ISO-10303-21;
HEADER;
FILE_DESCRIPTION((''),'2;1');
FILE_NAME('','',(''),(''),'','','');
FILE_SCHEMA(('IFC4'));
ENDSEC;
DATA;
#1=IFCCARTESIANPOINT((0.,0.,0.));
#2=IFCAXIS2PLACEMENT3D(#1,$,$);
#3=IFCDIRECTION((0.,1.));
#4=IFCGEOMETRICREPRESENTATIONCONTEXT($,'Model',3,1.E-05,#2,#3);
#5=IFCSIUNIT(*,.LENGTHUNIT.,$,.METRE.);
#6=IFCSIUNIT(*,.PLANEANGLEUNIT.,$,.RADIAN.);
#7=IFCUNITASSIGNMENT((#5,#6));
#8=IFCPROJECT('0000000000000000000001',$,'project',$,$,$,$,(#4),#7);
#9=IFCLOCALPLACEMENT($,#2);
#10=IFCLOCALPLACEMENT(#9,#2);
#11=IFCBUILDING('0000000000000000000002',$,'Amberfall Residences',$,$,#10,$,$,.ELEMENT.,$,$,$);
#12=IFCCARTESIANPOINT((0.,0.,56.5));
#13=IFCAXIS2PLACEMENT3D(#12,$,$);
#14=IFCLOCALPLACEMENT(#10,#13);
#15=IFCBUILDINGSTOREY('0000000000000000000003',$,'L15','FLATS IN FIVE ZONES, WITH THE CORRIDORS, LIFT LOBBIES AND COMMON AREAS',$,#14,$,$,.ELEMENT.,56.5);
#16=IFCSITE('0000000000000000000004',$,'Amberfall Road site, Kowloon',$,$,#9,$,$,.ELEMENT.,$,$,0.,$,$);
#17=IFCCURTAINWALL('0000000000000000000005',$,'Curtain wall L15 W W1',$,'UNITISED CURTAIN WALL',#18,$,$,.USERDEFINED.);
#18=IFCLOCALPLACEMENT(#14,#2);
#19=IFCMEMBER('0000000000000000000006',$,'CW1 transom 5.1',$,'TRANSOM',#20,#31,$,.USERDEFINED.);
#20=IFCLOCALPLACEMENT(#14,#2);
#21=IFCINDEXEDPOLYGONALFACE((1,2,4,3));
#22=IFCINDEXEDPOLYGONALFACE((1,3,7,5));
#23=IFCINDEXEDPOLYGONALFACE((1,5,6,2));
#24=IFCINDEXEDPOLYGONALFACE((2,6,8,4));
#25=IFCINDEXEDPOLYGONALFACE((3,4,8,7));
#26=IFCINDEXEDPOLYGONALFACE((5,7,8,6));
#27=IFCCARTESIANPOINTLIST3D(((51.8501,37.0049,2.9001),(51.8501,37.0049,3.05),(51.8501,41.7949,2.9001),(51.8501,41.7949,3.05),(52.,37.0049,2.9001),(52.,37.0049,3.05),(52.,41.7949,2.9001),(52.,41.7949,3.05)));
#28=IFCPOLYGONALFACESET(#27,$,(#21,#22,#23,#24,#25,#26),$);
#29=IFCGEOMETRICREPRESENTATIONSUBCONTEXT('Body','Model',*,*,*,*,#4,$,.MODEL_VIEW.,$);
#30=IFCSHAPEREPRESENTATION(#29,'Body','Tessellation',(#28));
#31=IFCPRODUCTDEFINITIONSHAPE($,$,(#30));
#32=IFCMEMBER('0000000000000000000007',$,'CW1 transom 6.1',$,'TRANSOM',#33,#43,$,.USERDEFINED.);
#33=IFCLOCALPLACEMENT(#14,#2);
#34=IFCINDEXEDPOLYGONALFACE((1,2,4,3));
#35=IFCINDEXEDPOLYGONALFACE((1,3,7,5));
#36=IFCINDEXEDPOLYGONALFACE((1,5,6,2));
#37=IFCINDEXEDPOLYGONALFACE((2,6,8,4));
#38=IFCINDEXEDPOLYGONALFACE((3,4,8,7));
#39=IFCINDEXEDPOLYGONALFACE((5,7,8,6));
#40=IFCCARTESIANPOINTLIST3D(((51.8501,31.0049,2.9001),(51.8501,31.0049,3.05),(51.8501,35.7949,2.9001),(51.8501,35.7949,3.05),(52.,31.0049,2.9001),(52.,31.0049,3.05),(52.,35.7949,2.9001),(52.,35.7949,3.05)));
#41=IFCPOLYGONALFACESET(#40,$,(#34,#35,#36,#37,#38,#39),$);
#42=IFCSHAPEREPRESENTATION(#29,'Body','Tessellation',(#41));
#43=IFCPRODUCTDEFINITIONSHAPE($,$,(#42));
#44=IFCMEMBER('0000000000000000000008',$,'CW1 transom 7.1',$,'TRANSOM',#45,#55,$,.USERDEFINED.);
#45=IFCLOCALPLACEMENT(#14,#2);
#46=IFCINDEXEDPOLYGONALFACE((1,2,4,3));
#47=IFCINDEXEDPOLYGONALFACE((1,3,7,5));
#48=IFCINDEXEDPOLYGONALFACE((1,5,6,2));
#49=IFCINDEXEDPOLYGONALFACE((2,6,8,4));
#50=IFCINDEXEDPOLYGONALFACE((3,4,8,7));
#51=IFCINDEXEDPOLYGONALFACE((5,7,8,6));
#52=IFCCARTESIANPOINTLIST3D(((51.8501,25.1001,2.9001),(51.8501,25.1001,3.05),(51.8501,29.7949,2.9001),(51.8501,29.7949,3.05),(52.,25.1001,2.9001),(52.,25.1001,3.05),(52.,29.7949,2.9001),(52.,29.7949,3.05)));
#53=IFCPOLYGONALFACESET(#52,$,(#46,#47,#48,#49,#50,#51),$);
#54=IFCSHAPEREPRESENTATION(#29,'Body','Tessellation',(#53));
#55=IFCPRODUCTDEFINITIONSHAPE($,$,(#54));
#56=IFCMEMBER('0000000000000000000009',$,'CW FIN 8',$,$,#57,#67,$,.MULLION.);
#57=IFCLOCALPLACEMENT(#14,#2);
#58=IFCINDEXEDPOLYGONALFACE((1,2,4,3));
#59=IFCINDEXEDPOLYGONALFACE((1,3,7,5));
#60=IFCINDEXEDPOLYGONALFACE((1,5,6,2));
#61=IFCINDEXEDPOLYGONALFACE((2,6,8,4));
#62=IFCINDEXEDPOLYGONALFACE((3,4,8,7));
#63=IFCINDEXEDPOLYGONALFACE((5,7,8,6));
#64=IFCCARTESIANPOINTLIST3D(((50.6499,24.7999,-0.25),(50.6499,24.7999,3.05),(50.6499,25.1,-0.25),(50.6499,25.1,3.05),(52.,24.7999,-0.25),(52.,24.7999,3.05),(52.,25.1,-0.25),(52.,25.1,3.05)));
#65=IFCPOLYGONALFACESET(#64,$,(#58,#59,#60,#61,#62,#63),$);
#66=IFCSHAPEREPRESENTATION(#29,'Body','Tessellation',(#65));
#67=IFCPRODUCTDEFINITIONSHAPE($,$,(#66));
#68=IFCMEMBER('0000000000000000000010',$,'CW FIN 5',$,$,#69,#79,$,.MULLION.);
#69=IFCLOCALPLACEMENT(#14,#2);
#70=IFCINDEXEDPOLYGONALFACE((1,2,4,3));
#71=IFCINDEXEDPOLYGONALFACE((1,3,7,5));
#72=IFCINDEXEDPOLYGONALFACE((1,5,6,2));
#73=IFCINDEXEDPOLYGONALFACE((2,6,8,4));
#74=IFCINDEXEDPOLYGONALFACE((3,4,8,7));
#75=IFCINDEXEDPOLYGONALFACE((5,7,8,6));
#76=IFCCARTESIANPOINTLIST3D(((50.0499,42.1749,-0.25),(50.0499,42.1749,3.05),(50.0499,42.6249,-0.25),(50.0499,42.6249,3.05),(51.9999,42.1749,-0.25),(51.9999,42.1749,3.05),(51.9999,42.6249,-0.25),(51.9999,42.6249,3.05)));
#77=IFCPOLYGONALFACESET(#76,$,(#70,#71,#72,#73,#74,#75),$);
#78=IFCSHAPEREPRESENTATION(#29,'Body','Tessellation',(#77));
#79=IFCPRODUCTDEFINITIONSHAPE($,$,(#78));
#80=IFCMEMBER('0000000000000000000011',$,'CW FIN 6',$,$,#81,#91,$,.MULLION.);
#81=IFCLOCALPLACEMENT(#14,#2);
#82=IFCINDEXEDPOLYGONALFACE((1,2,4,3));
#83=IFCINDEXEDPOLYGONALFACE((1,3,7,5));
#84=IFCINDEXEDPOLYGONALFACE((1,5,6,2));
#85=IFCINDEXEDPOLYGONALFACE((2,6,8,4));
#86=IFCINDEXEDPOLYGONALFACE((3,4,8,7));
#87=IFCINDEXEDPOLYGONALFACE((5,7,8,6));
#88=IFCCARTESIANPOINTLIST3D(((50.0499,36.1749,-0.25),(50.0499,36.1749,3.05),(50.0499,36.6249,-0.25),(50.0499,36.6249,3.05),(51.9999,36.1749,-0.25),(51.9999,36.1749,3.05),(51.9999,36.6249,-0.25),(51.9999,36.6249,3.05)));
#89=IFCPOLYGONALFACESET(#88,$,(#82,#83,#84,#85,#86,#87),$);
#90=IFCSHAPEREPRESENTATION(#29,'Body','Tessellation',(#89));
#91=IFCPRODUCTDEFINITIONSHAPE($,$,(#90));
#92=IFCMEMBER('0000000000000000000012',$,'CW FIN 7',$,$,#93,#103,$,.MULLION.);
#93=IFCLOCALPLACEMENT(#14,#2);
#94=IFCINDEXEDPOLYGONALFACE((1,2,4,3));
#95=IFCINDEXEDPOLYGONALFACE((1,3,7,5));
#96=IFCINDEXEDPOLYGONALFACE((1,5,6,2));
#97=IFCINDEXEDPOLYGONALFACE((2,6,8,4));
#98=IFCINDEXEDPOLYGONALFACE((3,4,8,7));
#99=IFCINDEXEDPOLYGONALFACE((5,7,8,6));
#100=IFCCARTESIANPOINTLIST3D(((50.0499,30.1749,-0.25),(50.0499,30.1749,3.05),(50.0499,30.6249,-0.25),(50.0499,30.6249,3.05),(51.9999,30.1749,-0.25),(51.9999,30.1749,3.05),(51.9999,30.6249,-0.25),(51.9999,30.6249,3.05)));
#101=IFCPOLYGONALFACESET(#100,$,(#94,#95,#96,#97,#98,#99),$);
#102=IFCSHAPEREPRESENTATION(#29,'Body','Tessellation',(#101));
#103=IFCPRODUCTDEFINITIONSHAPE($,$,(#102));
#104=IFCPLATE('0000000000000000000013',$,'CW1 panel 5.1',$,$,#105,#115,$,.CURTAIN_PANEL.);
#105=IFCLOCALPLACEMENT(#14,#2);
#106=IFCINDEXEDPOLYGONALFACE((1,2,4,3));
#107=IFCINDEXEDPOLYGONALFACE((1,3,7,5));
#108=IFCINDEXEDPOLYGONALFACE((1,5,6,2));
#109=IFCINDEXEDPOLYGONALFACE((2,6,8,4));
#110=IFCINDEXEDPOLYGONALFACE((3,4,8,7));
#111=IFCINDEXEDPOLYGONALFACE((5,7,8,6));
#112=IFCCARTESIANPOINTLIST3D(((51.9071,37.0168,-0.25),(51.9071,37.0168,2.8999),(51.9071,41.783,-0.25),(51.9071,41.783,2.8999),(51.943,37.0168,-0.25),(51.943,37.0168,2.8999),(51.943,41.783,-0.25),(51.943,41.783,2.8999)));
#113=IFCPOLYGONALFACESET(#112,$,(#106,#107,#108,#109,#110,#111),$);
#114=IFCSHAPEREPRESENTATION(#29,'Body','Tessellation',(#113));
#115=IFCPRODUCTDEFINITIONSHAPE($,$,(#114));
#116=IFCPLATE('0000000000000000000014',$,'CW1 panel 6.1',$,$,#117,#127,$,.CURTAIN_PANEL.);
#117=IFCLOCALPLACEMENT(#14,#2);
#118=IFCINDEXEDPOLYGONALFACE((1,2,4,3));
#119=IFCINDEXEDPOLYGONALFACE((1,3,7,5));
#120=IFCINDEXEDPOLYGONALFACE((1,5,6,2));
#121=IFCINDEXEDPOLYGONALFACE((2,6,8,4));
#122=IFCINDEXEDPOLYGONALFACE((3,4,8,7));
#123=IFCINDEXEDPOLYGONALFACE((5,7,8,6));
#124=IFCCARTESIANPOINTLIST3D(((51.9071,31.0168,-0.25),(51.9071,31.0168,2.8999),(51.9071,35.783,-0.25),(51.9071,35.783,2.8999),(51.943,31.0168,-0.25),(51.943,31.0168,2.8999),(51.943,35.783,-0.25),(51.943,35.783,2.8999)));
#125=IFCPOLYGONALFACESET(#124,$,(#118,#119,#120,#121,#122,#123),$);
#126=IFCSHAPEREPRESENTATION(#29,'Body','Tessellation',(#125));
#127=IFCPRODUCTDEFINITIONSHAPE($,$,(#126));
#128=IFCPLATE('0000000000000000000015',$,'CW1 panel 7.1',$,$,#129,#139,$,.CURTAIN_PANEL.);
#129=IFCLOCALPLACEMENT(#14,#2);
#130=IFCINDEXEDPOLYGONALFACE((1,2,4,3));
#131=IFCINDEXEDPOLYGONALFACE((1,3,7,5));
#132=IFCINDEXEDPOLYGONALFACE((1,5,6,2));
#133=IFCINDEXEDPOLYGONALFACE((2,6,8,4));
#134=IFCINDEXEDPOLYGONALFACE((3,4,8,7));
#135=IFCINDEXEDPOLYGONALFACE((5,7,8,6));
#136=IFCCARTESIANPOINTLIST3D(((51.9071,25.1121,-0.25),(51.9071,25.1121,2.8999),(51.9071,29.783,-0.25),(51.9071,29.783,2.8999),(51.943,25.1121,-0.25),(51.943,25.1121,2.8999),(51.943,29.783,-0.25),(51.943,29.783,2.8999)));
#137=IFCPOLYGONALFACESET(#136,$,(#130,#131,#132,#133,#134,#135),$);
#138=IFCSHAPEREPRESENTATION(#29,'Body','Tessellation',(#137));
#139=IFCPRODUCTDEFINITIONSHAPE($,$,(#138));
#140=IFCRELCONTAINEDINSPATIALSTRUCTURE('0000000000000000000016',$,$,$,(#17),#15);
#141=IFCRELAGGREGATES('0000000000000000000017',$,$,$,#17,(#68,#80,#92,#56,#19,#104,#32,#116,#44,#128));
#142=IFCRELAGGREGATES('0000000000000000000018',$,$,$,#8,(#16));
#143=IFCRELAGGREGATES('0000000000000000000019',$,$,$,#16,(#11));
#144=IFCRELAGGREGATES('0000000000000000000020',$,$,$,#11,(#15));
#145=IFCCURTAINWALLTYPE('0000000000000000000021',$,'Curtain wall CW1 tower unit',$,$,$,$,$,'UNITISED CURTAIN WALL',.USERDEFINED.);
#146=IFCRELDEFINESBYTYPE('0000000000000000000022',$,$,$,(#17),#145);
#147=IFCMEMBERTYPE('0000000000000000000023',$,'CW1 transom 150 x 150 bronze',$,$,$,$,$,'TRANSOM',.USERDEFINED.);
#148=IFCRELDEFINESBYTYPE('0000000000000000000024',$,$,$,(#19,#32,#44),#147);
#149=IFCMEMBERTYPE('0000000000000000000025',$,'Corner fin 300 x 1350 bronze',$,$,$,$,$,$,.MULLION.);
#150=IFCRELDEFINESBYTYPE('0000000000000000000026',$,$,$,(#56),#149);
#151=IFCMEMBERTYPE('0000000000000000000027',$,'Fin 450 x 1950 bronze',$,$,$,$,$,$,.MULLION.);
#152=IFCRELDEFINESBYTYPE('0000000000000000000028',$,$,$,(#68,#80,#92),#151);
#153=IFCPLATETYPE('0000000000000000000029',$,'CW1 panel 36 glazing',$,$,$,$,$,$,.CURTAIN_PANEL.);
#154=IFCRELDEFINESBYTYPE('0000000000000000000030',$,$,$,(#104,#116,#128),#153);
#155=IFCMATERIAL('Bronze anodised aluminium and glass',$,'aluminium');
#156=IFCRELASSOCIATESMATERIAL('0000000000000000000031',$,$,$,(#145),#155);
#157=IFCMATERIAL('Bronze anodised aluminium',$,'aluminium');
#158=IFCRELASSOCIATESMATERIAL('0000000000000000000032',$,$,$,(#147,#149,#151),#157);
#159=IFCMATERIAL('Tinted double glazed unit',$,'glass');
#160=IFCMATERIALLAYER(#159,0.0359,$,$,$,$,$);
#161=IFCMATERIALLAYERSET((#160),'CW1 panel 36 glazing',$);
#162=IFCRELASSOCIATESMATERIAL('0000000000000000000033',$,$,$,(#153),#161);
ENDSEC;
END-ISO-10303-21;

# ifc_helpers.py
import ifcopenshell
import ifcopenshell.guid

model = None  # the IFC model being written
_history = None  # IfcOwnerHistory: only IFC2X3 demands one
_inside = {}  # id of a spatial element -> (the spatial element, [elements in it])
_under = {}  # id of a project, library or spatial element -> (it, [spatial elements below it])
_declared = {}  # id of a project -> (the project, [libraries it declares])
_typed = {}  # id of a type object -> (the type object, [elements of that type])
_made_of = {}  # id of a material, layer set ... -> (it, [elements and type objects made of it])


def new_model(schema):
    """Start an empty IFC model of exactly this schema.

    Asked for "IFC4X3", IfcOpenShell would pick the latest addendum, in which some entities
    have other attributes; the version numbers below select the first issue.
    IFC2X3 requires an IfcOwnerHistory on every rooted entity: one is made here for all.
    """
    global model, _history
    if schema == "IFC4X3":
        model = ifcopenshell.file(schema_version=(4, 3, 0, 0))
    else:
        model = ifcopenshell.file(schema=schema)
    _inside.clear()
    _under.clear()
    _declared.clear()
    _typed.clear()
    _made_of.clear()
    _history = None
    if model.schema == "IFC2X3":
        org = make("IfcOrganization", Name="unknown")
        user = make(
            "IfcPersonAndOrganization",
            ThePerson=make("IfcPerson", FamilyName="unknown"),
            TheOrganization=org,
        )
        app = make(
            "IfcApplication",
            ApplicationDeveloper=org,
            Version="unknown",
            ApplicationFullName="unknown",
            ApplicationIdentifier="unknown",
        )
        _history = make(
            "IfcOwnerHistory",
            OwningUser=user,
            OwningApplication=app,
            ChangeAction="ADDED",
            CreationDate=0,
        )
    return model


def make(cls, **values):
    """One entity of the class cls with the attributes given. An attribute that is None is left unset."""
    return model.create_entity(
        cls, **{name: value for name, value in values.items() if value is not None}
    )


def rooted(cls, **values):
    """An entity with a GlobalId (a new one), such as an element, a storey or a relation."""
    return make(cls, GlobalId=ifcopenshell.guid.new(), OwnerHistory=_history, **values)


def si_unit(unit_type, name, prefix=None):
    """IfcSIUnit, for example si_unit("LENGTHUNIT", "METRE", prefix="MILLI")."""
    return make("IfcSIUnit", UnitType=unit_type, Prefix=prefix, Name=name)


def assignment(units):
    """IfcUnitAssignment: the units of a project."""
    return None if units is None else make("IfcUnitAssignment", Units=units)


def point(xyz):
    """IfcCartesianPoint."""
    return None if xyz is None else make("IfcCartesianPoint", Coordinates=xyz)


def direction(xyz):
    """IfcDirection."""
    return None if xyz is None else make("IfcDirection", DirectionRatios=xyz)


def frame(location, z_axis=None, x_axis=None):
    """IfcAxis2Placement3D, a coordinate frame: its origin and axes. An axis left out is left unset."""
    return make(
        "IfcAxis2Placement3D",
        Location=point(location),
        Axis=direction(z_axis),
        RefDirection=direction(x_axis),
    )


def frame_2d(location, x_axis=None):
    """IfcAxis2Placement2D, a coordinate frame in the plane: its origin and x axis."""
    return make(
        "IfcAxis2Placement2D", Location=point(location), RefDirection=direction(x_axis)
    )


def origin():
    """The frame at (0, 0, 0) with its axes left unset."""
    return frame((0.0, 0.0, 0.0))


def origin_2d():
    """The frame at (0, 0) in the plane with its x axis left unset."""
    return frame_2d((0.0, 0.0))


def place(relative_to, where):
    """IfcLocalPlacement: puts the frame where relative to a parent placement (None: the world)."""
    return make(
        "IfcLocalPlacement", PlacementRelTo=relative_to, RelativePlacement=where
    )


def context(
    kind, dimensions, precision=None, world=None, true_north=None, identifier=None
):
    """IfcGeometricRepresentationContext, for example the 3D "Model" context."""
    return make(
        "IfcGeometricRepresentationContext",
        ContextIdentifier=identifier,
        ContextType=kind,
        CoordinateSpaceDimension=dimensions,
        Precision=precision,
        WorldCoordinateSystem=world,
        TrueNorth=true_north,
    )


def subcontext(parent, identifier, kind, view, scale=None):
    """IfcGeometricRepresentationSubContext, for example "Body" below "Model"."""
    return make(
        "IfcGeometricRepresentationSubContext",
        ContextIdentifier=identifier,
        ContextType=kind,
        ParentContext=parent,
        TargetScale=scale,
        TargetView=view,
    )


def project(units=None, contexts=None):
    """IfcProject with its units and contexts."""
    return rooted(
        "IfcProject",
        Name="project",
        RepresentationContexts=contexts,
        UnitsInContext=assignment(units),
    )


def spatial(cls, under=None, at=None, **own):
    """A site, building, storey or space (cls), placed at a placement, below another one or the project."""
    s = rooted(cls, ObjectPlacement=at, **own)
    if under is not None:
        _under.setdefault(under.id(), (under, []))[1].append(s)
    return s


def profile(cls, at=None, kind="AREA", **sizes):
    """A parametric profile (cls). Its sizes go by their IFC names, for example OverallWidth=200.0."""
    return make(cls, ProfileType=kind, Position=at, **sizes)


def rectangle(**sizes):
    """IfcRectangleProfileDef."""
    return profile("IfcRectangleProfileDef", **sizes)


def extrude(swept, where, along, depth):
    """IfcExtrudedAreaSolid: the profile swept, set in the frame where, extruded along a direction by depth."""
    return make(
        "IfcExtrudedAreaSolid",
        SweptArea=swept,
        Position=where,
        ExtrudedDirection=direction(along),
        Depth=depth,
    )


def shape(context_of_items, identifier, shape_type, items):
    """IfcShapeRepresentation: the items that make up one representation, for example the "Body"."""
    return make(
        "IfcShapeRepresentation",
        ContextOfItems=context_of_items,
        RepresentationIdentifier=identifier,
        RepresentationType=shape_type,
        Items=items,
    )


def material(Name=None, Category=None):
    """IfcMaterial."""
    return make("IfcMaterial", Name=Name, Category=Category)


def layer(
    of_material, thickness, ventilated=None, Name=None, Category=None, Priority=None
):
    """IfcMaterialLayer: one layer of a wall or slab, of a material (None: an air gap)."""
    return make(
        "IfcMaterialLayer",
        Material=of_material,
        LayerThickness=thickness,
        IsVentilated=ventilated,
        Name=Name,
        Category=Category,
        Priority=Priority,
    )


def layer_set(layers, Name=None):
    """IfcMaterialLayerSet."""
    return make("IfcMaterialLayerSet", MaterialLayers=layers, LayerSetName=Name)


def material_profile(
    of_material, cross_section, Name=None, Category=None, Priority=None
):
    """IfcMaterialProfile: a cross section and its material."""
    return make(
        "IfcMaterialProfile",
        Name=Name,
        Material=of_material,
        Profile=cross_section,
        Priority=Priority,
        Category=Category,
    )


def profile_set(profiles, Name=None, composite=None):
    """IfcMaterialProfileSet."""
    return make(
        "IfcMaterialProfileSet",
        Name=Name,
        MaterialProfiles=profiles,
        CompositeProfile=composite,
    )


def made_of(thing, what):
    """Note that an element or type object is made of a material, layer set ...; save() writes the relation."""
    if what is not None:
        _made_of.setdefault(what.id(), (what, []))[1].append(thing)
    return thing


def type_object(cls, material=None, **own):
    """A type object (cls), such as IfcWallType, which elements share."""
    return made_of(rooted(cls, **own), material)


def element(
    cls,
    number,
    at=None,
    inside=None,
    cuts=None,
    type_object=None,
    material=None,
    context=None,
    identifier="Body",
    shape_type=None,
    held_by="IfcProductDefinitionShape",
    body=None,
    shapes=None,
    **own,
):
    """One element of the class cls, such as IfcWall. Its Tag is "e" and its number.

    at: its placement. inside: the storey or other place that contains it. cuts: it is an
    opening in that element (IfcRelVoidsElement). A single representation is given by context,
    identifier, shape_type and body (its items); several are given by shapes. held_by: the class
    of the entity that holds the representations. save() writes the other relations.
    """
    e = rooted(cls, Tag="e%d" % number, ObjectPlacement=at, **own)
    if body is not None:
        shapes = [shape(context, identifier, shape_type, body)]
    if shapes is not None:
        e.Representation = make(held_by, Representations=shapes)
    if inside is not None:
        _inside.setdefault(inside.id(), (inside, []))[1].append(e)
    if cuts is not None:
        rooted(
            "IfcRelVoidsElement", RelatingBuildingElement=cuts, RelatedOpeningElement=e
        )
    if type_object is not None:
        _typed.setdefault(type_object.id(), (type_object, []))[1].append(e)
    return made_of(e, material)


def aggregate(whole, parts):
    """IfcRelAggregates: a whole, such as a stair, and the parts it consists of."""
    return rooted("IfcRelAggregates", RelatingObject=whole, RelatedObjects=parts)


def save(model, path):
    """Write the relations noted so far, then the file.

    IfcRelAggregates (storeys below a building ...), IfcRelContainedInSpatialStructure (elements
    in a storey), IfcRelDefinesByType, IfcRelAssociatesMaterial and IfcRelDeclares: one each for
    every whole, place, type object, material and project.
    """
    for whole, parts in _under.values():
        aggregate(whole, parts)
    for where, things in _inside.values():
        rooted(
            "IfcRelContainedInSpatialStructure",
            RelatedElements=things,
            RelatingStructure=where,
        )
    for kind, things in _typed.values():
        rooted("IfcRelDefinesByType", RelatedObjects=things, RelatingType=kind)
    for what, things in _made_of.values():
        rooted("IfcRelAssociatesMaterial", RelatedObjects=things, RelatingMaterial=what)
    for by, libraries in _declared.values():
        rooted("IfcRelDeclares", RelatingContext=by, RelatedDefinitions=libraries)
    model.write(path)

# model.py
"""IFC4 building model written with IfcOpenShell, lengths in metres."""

from ifc_helpers import new_model, si_unit, direction, frame, origin, origin_2d, place, context, subcontext, project, spatial, rectangle, extrude, material, layer, layer_set, material_profile, profile_set, type_object, element, aggregate, save


model = new_model("IFC4")

# Units and contexts
model_context = context("Model", 3, precision=1e-05, world=origin(), true_north=direction((0.0, 1.0)))
body_context = subcontext(model_context, "Body", "Model", "MODEL_VIEW")
ifc_project = project(units=[si_unit("LENGTHUNIT", "METRE"), si_unit("PLANEANGLEUNIT", "RADIAN")], contexts=[model_context])

# Site, building, storey
site_placement = place(None, origin())
site = spatial("IfcSite", under=ifc_project, at=site_placement, Name="Amberfall Road site, Kowloon", CompositionType="ELEMENT", RefElevation=0.0)
building_placement = place(site_placement, origin())
building = spatial("IfcBuilding", under=site, at=building_placement, Name="Amberfall Residences", CompositionType="ELEMENT")
storey_placement = place(building_placement, frame((0.0, 0.0, 56.5)))
storey = spatial("IfcBuildingStorey", under=building, at=storey_placement, Name="L15", Description="FLATS IN FIVE ZONES, WITH THE CORRIDORS, LIFT LOBBIES AND COMMON AREAS", CompositionType="ELEMENT", Elevation=56.5)

# Curtain wall, members, plates
ifc_material_1 = material(Name="Bronze anodised aluminium and glass", Category="aluminium")
curtain_wall_type = type_object("IfcCurtainWallType", Name="Curtain wall CW1 tower unit", ElementType="UNITISED CURTAIN WALL", PredefinedType="USERDEFINED", material=ifc_material_1)
curtain_wall_placement = place(storey_placement, origin())
curtain_wall = element("IfcCurtainWall", 1, at=curtain_wall_placement, inside=storey, type_object=curtain_wall_type, Name="Curtain wall L15 W W1", ObjectType="UNITISED CURTAIN WALL", PredefinedType="USERDEFINED")
ifc_material_2 = material(Name="Bronze anodised aluminium", Category="aluminium")
ifc_material_profile_1 = material_profile(ifc_material_2, rectangle(XDim=0.1499, YDim=0.1499, at=origin_2d()), Name="CW1 transom 150 x 150 bronze")
ifc_profile_set_1 = profile_set([ifc_material_profile_1], Name="Bronze anodised aluminium")
member_type_1 = type_object("IfcMemberType", Name="CW1 transom 150 x 150 bronze", ElementType="TRANSOM", PredefinedType="USERDEFINED", material=ifc_profile_set_1)
member_1_placement = place(storey_placement, frame((51.925, 41.7949, 2.9751), z_axis=(0.0, -1.0, 0.0), x_axis=(1.0, 0.0, 0.0)))
member_1 = element("IfcMember", 2, at=member_1_placement, type_object=member_type_1, Name="CW1 transom 5.1", ObjectType="TRANSOM", PredefinedType="USERDEFINED", context=body_context, shape_type="SweptSolid", body=[
    extrude(rectangle(XDim=0.1499, YDim=0.1499, at=origin_2d()), origin(), (0.0, 0.0, 1.0), 4.79),
])
member_2_placement = place(storey_placement, frame((51.925, 35.7949, 2.9751), z_axis=(0.0, -1.0, 0.0), x_axis=(1.0, 0.0, 0.0)))
member_2 = element("IfcMember", 3, at=member_2_placement, type_object=member_type_1, Name="CW1 transom 6.1", ObjectType="TRANSOM", PredefinedType="USERDEFINED", context=body_context, shape_type="SweptSolid", body=[
    extrude(rectangle(XDim=0.1499, YDim=0.1499, at=origin_2d()), origin(), (0.0, 0.0, 1.0), 4.79),
])
member_3_placement = place(storey_placement, frame((51.925, 29.7949, 2.9751), z_axis=(0.0, -1.0, 0.0), x_axis=(1.0, 0.0, 0.0)))
member_3 = element("IfcMember", 4, at=member_3_placement, type_object=member_type_1, Name="CW1 transom 7.1", ObjectType="TRANSOM", PredefinedType="USERDEFINED", context=body_context, shape_type="SweptSolid", body=[
    extrude(rectangle(XDim=0.1499, YDim=0.1499, at=origin_2d()), origin(), (0.0, 0.0, 1.0), 4.6948),
])
ifc_material_profile_2 = material_profile(ifc_material_2, rectangle(XDim=1.3501, YDim=0.3, at=origin_2d()), Name="Corner fin 300 x 1350 bronze")
ifc_profile_set_2 = profile_set([ifc_material_profile_2], Name="Bronze anodised aluminium")
member_type_2 = type_object("IfcMemberType", Name="Corner fin 300 x 1350 bronze", PredefinedType="MULLION", material=ifc_profile_set_2)
member_4_placement = place(storey_placement, frame((51.325, 24.95, -0.25), z_axis=(0.0, 0.0, 1.0), x_axis=(1.0, 0.0, 0.0)))
member_4 = element("IfcMember", 5, at=member_4_placement, type_object=member_type_2, Name="CW FIN 8", PredefinedType="MULLION", context=body_context, shape_type="SweptSolid", body=[
    extrude(rectangle(XDim=1.3501, YDim=0.3, at=origin_2d()), origin(), (0.0, 0.0, 1.0), 3.3),
])
ifc_material_profile_3 = material_profile(ifc_material_2, rectangle(XDim=1.95, YDim=0.45, at=origin_2d()), Name="Fin 450 x 1950 bronze")
ifc_profile_set_3 = profile_set([ifc_material_profile_3], Name="Bronze anodised aluminium")
member_type_3 = type_object("IfcMemberType", Name="Fin 450 x 1950 bronze", PredefinedType="MULLION", material=ifc_profile_set_3)
member_5_placement = place(storey_placement, frame((51.0249, 42.3999, -0.25), z_axis=(0.0, 0.0, 1.0), x_axis=(1.0, 0.0, 0.0)))
member_5 = element("IfcMember", 6, at=member_5_placement, type_object=member_type_3, Name="CW FIN 5", PredefinedType="MULLION", context=body_context, shape_type="SweptSolid", body=[
    extrude(rectangle(XDim=1.95, YDim=0.45, at=origin_2d()), origin(), (0.0, 0.0, 1.0), 3.3),
])
member_6_placement = place(storey_placement, frame((51.0249, 36.3999, -0.25), z_axis=(0.0, 0.0, 1.0), x_axis=(1.0, 0.0, 0.0)))
member_6 = element("IfcMember", 7, at=member_6_placement, type_object=member_type_3, Name="CW FIN 6", PredefinedType="MULLION", context=body_context, shape_type="SweptSolid", body=[
    extrude(rectangle(XDim=1.95, YDim=0.45, at=origin_2d()), origin(), (0.0, 0.0, 1.0), 3.3),
])
member_7_placement = place(storey_placement, frame((51.0249, 30.3999, -0.25), z_axis=(0.0, 0.0, 1.0), x_axis=(1.0, 0.0, 0.0)))
member_7 = element("IfcMember", 8, at=member_7_placement, type_object=member_type_3, Name="CW FIN 7", PredefinedType="MULLION", context=body_context, shape_type="SweptSolid", body=[
    extrude(rectangle(XDim=1.95, YDim=0.45, at=origin_2d()), origin(), (0.0, 0.0, 1.0), 3.3),
])
ifc_material_3 = material(Name="Tinted double glazed unit", Category="glass")
ifc_layer_1 = layer(ifc_material_3, 0.0359)
ifc_layer_set_1 = layer_set([ifc_layer_1], Name="CW1 panel 36 glazing")
plate_type = type_object("IfcPlateType", Name="CW1 panel 36 glazing", PredefinedType="CURTAIN_PANEL", material=ifc_layer_set_1)
plate_1_placement = place(storey_placement, frame((51.925, 39.3999, -0.25), z_axis=(0.0, 0.0, 1.0), x_axis=(0.0, -1.0, 0.0)))
plate_1 = element("IfcPlate", 9, at=plate_1_placement, type_object=plate_type, Name="CW1 panel 5.1", PredefinedType="CURTAIN_PANEL", context=body_context, shape_type="SweptSolid", body=[
    extrude(rectangle(XDim=4.7661, YDim=0.0359, at=origin_2d()), origin(), (0.0, 0.0, 1.0), 3.1499),
])
plate_2_placement = place(storey_placement, frame((51.925, 33.3999, -0.25), z_axis=(0.0, 0.0, 1.0), x_axis=(0.0, -1.0, 0.0)))
plate_2 = element("IfcPlate", 10, at=plate_2_placement, type_object=plate_type, Name="CW1 panel 6.1", PredefinedType="CURTAIN_PANEL", context=body_context, shape_type="SweptSolid", body=[
    extrude(rectangle(XDim=4.7661, YDim=0.0359, at=origin_2d()), origin(), (0.0, 0.0, 1.0), 3.1499),
])
plate_3_placement = place(storey_placement, frame((51.925, 27.4475, -0.25), z_axis=(0.0, 0.0, 1.0), x_axis=(0.0, -1.0, 0.0)))
plate_3 = element("IfcPlate", 11, at=plate_3_placement, type_object=plate_type, Name="CW1 panel 7.1", PredefinedType="CURTAIN_PANEL", context=body_context, shape_type="SweptSolid", body=[
    extrude(rectangle(XDim=4.6709, YDim=0.0359, at=origin_2d()), origin(), (0.0, 0.0, 1.0), 3.1499),
])
aggregate(curtain_wall, [member_5, member_6, member_7, member_4, member_1, plate_1, member_2, plate_2, member_3, plate_3])

save(model, "model.ifc")
